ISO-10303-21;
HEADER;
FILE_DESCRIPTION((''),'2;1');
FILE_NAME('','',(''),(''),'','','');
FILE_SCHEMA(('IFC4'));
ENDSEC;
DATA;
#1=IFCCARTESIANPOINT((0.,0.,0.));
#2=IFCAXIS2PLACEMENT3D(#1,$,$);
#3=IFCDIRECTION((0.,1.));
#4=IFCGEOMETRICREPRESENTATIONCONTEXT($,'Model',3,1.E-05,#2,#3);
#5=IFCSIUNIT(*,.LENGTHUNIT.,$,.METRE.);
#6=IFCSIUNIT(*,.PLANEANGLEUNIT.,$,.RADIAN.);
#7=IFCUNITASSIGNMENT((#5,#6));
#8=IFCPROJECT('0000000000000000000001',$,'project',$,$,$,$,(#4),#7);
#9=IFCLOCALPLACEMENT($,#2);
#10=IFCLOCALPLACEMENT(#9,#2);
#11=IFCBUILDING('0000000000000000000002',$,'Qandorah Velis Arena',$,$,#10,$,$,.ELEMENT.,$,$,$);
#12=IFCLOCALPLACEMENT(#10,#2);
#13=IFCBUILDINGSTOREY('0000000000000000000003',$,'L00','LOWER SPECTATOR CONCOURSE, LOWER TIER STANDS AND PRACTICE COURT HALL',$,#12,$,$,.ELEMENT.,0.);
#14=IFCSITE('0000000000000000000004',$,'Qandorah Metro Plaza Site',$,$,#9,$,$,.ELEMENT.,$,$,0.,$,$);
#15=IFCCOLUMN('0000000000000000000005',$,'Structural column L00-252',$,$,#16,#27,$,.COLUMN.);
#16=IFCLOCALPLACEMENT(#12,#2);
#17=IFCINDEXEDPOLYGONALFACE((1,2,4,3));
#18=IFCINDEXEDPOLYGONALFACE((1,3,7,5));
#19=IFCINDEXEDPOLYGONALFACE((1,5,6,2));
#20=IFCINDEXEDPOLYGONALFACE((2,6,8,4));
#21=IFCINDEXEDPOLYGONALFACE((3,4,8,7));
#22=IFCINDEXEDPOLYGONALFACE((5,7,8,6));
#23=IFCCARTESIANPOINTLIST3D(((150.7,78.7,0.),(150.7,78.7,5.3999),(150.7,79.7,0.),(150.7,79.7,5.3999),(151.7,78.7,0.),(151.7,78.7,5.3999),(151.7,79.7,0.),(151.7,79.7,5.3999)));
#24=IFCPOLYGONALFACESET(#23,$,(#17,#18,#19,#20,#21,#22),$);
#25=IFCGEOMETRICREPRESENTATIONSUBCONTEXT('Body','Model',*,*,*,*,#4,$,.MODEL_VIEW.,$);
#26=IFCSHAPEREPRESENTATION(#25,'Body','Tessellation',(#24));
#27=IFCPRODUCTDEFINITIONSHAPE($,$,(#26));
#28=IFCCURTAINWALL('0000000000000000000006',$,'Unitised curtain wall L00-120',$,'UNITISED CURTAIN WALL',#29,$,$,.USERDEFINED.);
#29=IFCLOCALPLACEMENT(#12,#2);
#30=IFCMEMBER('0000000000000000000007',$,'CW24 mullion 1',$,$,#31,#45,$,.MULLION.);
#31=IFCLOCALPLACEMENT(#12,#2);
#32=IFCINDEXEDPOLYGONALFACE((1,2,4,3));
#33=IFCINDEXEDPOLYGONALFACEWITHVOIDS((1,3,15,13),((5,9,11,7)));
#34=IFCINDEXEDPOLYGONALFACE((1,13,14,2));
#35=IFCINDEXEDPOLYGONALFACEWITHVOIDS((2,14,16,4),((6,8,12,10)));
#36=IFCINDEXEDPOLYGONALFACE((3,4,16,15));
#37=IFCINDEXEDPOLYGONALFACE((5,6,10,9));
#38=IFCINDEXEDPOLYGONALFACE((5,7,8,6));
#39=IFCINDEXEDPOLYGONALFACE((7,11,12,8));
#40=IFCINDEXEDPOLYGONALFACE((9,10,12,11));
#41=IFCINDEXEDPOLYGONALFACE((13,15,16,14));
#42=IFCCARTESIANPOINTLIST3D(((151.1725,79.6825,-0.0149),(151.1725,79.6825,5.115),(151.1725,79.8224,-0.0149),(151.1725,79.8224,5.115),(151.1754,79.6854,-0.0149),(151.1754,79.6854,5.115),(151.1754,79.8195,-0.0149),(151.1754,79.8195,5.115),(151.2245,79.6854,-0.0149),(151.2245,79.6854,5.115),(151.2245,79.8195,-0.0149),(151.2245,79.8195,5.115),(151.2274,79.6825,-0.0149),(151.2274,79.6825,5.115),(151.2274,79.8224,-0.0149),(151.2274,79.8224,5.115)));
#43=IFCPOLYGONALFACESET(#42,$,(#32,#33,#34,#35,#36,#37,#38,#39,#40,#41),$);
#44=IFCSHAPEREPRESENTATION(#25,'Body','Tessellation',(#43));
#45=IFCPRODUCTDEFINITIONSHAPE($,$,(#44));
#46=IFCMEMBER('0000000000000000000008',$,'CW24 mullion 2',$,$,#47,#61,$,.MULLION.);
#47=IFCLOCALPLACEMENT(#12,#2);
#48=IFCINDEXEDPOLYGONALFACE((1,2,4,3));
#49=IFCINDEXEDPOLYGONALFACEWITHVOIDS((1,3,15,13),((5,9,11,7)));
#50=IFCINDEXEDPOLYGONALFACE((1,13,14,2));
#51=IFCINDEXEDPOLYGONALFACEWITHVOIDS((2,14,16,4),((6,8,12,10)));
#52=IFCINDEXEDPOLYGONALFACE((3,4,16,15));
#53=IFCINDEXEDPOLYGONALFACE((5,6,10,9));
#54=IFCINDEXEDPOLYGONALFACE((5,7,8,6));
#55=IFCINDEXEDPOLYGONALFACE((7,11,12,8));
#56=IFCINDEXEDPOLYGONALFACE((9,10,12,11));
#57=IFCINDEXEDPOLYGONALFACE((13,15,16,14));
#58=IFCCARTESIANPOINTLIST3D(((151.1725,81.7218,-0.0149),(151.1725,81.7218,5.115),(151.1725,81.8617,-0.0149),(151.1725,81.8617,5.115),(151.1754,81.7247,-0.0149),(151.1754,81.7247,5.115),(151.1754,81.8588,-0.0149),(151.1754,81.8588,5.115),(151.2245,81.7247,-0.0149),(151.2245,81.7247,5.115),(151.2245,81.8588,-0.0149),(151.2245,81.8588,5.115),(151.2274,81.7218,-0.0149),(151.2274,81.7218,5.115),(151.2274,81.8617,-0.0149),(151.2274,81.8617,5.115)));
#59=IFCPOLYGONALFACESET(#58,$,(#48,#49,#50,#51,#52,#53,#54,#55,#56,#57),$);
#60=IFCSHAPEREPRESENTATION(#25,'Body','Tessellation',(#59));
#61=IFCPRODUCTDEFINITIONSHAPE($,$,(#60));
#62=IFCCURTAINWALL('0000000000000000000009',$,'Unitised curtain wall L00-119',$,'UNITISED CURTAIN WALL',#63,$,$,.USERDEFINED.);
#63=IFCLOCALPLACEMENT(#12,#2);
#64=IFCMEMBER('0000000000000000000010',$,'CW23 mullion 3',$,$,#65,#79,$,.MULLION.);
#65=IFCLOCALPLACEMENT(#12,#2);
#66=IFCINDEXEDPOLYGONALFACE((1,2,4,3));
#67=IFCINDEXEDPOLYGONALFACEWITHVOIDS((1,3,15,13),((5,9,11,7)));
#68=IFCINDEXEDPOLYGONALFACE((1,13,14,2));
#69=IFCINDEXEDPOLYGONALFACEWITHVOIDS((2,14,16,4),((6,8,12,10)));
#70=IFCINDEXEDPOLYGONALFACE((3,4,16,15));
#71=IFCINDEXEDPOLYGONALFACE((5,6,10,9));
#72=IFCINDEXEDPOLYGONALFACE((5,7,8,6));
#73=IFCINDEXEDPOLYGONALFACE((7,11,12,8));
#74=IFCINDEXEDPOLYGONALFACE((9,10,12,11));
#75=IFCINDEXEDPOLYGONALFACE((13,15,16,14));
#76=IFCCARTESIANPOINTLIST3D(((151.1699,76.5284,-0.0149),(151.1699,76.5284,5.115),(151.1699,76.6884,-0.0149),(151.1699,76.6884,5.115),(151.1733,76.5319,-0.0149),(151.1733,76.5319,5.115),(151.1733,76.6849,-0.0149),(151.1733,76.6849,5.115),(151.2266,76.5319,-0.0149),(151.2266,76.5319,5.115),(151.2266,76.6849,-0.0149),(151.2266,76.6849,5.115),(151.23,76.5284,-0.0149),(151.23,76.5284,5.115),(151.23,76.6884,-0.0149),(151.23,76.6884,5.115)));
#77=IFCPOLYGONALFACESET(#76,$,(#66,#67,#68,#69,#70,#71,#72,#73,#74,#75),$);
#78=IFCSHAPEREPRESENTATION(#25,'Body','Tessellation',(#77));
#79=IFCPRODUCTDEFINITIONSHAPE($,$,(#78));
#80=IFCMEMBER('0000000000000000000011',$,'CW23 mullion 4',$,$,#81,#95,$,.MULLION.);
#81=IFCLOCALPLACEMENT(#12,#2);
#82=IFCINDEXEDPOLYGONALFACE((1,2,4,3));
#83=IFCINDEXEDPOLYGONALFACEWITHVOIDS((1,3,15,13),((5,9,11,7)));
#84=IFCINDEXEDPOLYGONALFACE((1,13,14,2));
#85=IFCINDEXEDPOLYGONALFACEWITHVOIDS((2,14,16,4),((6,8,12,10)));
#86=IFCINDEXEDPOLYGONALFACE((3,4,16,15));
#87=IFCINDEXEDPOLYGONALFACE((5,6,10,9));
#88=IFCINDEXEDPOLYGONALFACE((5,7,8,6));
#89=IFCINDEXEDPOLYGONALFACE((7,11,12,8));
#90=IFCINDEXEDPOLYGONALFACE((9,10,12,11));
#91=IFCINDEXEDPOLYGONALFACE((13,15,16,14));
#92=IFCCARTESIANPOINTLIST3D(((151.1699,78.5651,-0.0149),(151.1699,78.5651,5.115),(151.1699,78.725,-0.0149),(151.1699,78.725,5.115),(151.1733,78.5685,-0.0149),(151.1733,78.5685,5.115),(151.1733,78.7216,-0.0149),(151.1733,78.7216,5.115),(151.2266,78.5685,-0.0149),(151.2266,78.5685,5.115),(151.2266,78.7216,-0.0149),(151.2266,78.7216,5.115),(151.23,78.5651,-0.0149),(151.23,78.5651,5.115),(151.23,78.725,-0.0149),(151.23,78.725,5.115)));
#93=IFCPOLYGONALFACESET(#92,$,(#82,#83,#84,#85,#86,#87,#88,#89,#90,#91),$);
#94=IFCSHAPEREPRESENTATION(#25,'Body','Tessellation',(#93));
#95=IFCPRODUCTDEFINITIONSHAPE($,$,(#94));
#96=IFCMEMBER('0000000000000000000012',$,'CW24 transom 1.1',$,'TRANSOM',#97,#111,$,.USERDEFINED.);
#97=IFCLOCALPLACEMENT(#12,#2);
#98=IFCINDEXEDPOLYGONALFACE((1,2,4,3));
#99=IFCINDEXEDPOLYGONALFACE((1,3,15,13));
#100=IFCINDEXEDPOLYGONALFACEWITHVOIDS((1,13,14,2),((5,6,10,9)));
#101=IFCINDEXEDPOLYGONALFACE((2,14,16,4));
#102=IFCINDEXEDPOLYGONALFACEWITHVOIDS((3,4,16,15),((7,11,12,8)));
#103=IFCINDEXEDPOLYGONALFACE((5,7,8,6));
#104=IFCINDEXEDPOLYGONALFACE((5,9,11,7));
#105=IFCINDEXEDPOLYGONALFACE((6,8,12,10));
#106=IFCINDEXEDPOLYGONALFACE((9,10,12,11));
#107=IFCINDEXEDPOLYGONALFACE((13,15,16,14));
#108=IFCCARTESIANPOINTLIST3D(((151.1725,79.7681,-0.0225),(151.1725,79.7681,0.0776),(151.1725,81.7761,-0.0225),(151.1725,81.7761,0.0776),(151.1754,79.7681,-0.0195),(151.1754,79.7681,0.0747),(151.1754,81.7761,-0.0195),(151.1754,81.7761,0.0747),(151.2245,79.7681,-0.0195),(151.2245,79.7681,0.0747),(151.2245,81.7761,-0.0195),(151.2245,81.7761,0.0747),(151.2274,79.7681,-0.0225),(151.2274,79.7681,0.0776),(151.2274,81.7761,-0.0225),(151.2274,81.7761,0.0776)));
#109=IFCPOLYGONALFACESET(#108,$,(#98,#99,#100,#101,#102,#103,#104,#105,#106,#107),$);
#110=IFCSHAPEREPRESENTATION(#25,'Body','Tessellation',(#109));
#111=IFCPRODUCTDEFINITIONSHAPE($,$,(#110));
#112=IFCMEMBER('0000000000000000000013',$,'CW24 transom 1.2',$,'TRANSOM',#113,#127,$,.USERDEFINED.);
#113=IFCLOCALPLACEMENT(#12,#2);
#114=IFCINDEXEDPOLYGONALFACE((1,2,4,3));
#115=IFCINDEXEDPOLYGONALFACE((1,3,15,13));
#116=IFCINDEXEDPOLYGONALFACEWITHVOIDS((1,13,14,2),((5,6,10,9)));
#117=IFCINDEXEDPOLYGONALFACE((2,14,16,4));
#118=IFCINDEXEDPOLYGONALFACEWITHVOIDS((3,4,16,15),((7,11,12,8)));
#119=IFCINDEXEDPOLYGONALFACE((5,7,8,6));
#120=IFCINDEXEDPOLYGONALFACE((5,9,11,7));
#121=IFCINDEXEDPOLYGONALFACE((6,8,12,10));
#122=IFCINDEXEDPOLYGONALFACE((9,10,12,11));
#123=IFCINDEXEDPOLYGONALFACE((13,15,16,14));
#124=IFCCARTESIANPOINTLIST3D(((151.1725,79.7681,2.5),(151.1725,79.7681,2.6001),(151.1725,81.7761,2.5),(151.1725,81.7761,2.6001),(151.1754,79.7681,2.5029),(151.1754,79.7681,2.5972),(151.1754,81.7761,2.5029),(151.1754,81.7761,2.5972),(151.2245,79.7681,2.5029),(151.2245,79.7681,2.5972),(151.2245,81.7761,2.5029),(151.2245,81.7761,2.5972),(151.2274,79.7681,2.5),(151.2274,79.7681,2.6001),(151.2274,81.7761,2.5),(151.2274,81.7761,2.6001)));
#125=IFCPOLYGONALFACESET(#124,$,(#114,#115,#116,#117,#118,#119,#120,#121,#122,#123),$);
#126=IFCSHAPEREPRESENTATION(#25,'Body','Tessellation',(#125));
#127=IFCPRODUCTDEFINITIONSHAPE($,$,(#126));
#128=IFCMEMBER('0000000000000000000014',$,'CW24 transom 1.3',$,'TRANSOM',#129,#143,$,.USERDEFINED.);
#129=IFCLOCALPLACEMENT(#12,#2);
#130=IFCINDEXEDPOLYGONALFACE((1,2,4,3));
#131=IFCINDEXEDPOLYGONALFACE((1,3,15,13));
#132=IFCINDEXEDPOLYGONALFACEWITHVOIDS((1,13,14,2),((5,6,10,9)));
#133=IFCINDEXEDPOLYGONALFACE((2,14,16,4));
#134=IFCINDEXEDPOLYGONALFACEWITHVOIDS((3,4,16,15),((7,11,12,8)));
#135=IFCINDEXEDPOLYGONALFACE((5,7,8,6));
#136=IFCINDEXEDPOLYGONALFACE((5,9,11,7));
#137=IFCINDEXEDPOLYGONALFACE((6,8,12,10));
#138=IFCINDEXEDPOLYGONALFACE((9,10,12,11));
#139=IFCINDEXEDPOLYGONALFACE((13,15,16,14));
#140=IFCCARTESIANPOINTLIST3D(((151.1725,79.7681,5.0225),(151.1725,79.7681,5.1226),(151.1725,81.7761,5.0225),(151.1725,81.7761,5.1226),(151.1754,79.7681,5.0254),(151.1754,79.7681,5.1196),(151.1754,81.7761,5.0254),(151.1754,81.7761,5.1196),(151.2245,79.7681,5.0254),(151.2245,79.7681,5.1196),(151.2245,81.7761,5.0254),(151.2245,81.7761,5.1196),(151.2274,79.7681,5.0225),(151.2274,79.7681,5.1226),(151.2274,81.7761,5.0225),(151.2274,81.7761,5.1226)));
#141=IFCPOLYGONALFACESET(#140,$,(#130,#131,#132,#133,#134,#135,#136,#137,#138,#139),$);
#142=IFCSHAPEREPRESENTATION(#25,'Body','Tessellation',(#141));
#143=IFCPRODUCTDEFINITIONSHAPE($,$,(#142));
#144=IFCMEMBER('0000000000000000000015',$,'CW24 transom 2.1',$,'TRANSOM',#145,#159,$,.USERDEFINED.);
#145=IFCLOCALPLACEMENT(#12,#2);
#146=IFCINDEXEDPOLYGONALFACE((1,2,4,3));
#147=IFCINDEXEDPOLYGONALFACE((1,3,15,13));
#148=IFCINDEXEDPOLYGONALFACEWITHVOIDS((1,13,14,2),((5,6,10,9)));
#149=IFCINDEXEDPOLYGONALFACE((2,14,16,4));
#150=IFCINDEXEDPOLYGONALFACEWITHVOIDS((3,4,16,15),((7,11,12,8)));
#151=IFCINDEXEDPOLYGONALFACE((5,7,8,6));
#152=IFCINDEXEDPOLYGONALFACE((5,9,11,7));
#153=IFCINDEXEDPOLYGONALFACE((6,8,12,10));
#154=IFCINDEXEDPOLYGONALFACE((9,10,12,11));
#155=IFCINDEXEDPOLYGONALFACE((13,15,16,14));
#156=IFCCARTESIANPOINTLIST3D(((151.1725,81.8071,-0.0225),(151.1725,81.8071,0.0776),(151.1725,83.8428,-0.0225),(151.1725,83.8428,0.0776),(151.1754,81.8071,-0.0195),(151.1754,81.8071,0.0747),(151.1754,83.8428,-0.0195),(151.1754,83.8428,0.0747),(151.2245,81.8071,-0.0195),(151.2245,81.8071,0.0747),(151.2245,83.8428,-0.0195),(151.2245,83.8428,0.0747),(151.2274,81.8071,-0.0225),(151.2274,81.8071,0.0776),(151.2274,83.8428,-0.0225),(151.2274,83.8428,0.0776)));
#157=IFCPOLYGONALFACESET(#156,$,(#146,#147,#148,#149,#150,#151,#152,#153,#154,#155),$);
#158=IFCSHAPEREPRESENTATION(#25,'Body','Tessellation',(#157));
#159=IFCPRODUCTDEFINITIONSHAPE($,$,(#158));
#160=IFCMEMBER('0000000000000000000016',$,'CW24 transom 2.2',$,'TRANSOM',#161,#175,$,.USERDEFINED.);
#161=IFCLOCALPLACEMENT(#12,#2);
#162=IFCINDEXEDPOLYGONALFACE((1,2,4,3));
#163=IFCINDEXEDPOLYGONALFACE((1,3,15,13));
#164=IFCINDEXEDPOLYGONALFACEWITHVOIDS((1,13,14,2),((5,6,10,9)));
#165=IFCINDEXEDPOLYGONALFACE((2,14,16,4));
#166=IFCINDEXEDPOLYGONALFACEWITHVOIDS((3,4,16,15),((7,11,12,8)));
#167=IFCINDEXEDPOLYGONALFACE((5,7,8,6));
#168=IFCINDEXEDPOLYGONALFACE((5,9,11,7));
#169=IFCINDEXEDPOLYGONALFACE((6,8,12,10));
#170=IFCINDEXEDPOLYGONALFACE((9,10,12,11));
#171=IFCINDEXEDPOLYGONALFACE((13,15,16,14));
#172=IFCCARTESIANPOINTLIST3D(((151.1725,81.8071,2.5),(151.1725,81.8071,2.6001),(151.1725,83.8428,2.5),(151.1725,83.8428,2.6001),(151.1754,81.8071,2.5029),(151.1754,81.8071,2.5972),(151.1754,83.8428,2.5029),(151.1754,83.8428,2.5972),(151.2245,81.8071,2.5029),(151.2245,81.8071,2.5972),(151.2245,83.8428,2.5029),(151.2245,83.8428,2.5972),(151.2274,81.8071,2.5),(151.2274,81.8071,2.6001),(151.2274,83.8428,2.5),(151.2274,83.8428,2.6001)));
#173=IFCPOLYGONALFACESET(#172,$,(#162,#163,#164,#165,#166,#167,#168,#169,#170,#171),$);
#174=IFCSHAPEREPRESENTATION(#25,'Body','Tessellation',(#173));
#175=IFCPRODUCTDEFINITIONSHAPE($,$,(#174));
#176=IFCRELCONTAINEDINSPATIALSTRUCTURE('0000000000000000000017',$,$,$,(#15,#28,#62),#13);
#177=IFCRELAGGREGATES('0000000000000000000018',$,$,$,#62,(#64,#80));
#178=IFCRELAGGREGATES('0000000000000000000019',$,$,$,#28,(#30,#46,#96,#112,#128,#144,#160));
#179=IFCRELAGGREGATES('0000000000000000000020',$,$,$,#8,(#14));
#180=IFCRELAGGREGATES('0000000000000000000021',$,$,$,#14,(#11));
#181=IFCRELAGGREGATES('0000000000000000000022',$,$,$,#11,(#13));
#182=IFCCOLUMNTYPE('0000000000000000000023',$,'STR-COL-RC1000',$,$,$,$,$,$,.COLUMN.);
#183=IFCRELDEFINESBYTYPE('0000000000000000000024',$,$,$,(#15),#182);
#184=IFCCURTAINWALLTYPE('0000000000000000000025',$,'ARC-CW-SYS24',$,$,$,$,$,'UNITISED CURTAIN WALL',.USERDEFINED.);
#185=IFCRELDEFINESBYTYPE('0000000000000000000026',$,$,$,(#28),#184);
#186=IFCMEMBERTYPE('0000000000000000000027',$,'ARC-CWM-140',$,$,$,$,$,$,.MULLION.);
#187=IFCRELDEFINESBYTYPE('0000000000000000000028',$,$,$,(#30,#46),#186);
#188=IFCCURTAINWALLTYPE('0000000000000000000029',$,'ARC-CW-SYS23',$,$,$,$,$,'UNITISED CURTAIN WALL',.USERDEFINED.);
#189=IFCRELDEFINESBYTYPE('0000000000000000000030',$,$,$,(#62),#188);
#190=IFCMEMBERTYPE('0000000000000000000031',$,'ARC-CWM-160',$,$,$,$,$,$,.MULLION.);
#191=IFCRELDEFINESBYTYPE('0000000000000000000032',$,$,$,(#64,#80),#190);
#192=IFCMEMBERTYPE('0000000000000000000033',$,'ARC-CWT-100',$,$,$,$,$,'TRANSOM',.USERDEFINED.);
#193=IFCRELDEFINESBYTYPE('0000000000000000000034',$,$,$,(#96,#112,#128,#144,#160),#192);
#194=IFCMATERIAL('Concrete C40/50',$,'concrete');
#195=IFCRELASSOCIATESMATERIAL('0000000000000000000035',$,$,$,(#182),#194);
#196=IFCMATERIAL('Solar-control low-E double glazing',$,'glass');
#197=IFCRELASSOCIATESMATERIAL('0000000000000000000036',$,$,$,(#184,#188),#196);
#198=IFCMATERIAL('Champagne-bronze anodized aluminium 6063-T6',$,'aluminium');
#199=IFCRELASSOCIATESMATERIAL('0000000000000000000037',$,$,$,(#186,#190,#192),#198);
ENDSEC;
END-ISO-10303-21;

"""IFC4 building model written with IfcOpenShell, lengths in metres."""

from ifc_helpers import new_model, si_unit, direction, frame, origin, origin_2d, place, context, subcontext, project, spatial, rectangle, hollow_rectangle, extrude, material, material_profile, profile_set, type_object, element, aggregate, save


model = new_model("IFC4")

# Units and contexts
model_context = context("Model", 3, precision=1e-05, world=origin(), true_north=direction((0.0, 1.0)))
body_context = subcontext(model_context, "Body", "Model", "MODEL_VIEW")
ifc_project = project(units=[si_unit("LENGTHUNIT", "METRE"), si_unit("PLANEANGLEUNIT", "RADIAN")], contexts=[model_context])

# Site, building, storey
site_placement = place(None, origin())
site = spatial("IfcSite", under=ifc_project, at=site_placement, Name="Qandorah Metro Plaza Site", CompositionType="ELEMENT", RefElevation=0.0)
building_placement = place(site_placement, origin())
building = spatial("IfcBuilding", under=site, at=building_placement, Name="Qandorah Velis Arena", CompositionType="ELEMENT")
storey_placement = place(building_placement, origin())
storey = spatial("IfcBuildingStorey", under=building, at=storey_placement, Name="L00", Description="LOWER SPECTATOR CONCOURSE, LOWER TIER STANDS AND PRACTICE COURT HALL", CompositionType="ELEMENT", Elevation=0.0)

# Column
ifc_material_1 = material(Name="Concrete C40/50", Category="concrete")
ifc_material_profile_1 = material_profile(ifc_material_1, rectangle(XDim=1.0, YDim=1.0, at=origin_2d()), Name="RC COL 1000x1000")
ifc_profile_set_1 = profile_set([ifc_material_profile_1], Name="Concrete C40/50")
column_type = type_object("IfcColumnType", Name="STR-COL-RC1000", PredefinedType="COLUMN", material=ifc_profile_set_1)
column_placement = place(storey_placement, frame((151.2, 79.2, 0.0), z_axis=(0.0, 0.0, 1.0), x_axis=(1.0, 0.0, 0.0)))
element("IfcColumn", 1, at=column_placement, inside=storey, type_object=column_type, Name="Structural column L00-252", PredefinedType="COLUMN", context=body_context, shape_type="SweptSolid", body=[
    extrude(rectangle(XDim=1.0, YDim=1.0, at=origin_2d()), origin(), (0.0, 0.0, 1.0), 5.3999),
])

# Curtain walls, members
ifc_material_2 = material(Name="Solar-control low-E double glazing", Category="glass")
curtain_wall_type_1 = type_object("IfcCurtainWallType", Name="ARC-CW-SYS24", ElementType="UNITISED CURTAIN WALL", PredefinedType="USERDEFINED", material=ifc_material_2)
curtain_wall_1_placement = place(storey_placement, origin())
curtain_wall_1 = element("IfcCurtainWall", 2, at=curtain_wall_1_placement, inside=storey, type_object=curtain_wall_type_1, Name="Unitised curtain wall L00-120", ObjectType="UNITISED CURTAIN WALL", PredefinedType="USERDEFINED")
ifc_material_3 = material(Name="Champagne-bronze anodized aluminium 6063-T6", Category="aluminium")
ifc_material_profile_2 = material_profile(ifc_material_3, hollow_rectangle(XDim=0.0549, YDim=0.1399, WallThickness=0.0029, at=origin_2d()), Name="ALU MULLION 55x140")
ifc_profile_set_2 = profile_set([ifc_material_profile_2], Name="Champagne-bronze anodized aluminium 6063-T6")
member_type_1 = type_object("IfcMemberType", Name="ARC-CWM-140", PredefinedType="MULLION", material=ifc_profile_set_2)
member_1_placement = place(storey_placement, frame((151.2, 79.7524, -0.0149), z_axis=(0.0, 0.0, 1.0), x_axis=(-1.0, 0.0, 0.0)))
member_1 = element("IfcMember", 3, at=member_1_placement, type_object=member_type_1, Name="CW24 mullion 1", PredefinedType="MULLION", context=body_context, shape_type="SweptSolid", body=[
    extrude(hollow_rectangle(XDim=0.0549, YDim=0.1399, WallThickness=0.0029, at=origin_2d()), origin(), (0.0, 0.0, 1.0), 5.1299),
])
member_2_placement = place(storey_placement, frame((151.2, 81.7917, -0.0149), z_axis=(0.0, 0.0, 1.0), x_axis=(-1.0, 0.0, 0.0)))
member_2 = element("IfcMember", 4, at=member_2_placement, type_object=member_type_1, Name="CW24 mullion 2", PredefinedType="MULLION", context=body_context, shape_type="SweptSolid", body=[
    extrude(hollow_rectangle(XDim=0.0549, YDim=0.1399, WallThickness=0.0029, at=origin_2d()), origin(), (0.0, 0.0, 1.0), 5.1299),
])
curtain_wall_type_2 = type_object("IfcCurtainWallType", Name="ARC-CW-SYS23", ElementType="UNITISED CURTAIN WALL", PredefinedType="USERDEFINED", material=ifc_material_2)
curtain_wall_2_placement = place(storey_placement, origin())
curtain_wall_2 = element("IfcCurtainWall", 5, at=curtain_wall_2_placement, inside=storey, type_object=curtain_wall_type_2, Name="Unitised curtain wall L00-119", ObjectType="UNITISED CURTAIN WALL", PredefinedType="USERDEFINED")
ifc_material_profile_3 = material_profile(ifc_material_3, hollow_rectangle(XDim=0.0601, YDim=0.1599, WallThickness=0.0034, at=origin_2d()), Name="ALU MULLION 60x160")
ifc_profile_set_3 = profile_set([ifc_material_profile_3], Name="Champagne-bronze anodized aluminium 6063-T6")
member_type_2 = type_object("IfcMemberType", Name="ARC-CWM-160", PredefinedType="MULLION", material=ifc_profile_set_3)
member_3_placement = place(storey_placement, frame((151.2, 76.6084, -0.0149), z_axis=(0.0, 0.0, 1.0), x_axis=(-1.0, 0.0, 0.0)))
member_3 = element("IfcMember", 6, at=member_3_placement, type_object=member_type_2, Name="CW23 mullion 3", PredefinedType="MULLION", context=body_context, shape_type="SweptSolid", body=[
    extrude(hollow_rectangle(XDim=0.0601, YDim=0.1599, WallThickness=0.0034, at=origin_2d()), origin(), (0.0, 0.0, 1.0), 5.1299),
])
member_4_placement = place(storey_placement, frame((151.2, 78.645, -0.0149), z_axis=(0.0, 0.0, 1.0), x_axis=(-1.0, 0.0, 0.0)))
member_4 = element("IfcMember", 7, at=member_4_placement, type_object=member_type_2, Name="CW23 mullion 4", PredefinedType="MULLION", context=body_context, shape_type="SweptSolid", body=[
    extrude(hollow_rectangle(XDim=0.0601, YDim=0.1599, WallThickness=0.0034, at=origin_2d()), origin(), (0.0, 0.0, 1.0), 5.1299),
])

# Members
ifc_material_profile_4 = material_profile(ifc_material_3, hollow_rectangle(XDim=0.0549, YDim=0.1001, WallThickness=0.0029, at=origin_2d()), Name="ALU TRANSOM 55x100")
ifc_profile_set_4 = profile_set([ifc_material_profile_4], Name="Champagne-bronze anodized aluminium 6063-T6")
member_type_3 = type_object("IfcMemberType", Name="ARC-CWT-100", ElementType="TRANSOM", PredefinedType="USERDEFINED", material=ifc_profile_set_4)
member_5_placement = place(storey_placement, frame((151.2, 79.7681, 0.0276), z_axis=(0.0, 1.0, 0.0), x_axis=(-1.0, 0.0, 0.0)))
member_5 = element("IfcMember", 8, at=member_5_placement, type_object=member_type_3, Name="CW24 transom 1.1", ObjectType="TRANSOM", PredefinedType="USERDEFINED", context=body_context, shape_type="SweptSolid", body=[
    extrude(hollow_rectangle(XDim=0.0549, YDim=0.1001, WallThickness=0.0029, at=origin_2d()), origin(), (0.0, 0.0, 1.0), 2.0081),
])
member_6_placement = place(storey_placement, frame((151.2, 79.7681, 2.55), z_axis=(0.0, 1.0, 0.0), x_axis=(-1.0, 0.0, 0.0)))
member_6 = element("IfcMember", 9, at=member_6_placement, type_object=member_type_3, Name="CW24 transom 1.2", ObjectType="TRANSOM", PredefinedType="USERDEFINED", context=body_context, shape_type="SweptSolid", body=[
    extrude(hollow_rectangle(XDim=0.0549, YDim=0.1001, WallThickness=0.0029, at=origin_2d()), origin(), (0.0, 0.0, 1.0), 2.0081),
])
member_7_placement = place(storey_placement, frame((151.2, 79.7681, 5.0725), z_axis=(0.0, 1.0, 0.0), x_axis=(-1.0, 0.0, 0.0)))
member_7 = element("IfcMember", 10, at=member_7_placement, type_object=member_type_3, Name="CW24 transom 1.3", ObjectType="TRANSOM", PredefinedType="USERDEFINED", context=body_context, shape_type="SweptSolid", body=[
    extrude(hollow_rectangle(XDim=0.0549, YDim=0.1001, WallThickness=0.0029, at=origin_2d()), origin(), (0.0, 0.0, 1.0), 2.0081),
])
member_8_placement = place(storey_placement, frame((151.2, 81.8071, 0.0276), z_axis=(0.0, 1.0, 0.0), x_axis=(-1.0, 0.0, 0.0)))
member_8 = element("IfcMember", 11, at=member_8_placement, type_object=member_type_3, Name="CW24 transom 2.1", ObjectType="TRANSOM", PredefinedType="USERDEFINED", context=body_context, shape_type="SweptSolid", body=[
    extrude(hollow_rectangle(XDim=0.0549, YDim=0.1001, WallThickness=0.0029, at=origin_2d()), origin(), (0.0, 0.0, 1.0), 2.0356),
])
member_9_placement = place(storey_placement, frame((151.2, 81.8071, 2.55), z_axis=(0.0, 1.0, 0.0), x_axis=(-1.0, 0.0, 0.0)))
member_9 = element("IfcMember", 12, at=member_9_placement, type_object=member_type_3, Name="CW24 transom 2.2", ObjectType="TRANSOM", PredefinedType="USERDEFINED", context=body_context, shape_type="SweptSolid", body=[
    extrude(hollow_rectangle(XDim=0.0549, YDim=0.1001, WallThickness=0.0029, at=origin_2d()), origin(), (0.0, 0.0, 1.0), 2.0356),
])

aggregate(curtain_wall_2, [member_3, member_4])
aggregate(curtain_wall_1, [member_1, member_2, member_5, member_6, member_7, member_8, member_9])

save(model, "model.ifc")
